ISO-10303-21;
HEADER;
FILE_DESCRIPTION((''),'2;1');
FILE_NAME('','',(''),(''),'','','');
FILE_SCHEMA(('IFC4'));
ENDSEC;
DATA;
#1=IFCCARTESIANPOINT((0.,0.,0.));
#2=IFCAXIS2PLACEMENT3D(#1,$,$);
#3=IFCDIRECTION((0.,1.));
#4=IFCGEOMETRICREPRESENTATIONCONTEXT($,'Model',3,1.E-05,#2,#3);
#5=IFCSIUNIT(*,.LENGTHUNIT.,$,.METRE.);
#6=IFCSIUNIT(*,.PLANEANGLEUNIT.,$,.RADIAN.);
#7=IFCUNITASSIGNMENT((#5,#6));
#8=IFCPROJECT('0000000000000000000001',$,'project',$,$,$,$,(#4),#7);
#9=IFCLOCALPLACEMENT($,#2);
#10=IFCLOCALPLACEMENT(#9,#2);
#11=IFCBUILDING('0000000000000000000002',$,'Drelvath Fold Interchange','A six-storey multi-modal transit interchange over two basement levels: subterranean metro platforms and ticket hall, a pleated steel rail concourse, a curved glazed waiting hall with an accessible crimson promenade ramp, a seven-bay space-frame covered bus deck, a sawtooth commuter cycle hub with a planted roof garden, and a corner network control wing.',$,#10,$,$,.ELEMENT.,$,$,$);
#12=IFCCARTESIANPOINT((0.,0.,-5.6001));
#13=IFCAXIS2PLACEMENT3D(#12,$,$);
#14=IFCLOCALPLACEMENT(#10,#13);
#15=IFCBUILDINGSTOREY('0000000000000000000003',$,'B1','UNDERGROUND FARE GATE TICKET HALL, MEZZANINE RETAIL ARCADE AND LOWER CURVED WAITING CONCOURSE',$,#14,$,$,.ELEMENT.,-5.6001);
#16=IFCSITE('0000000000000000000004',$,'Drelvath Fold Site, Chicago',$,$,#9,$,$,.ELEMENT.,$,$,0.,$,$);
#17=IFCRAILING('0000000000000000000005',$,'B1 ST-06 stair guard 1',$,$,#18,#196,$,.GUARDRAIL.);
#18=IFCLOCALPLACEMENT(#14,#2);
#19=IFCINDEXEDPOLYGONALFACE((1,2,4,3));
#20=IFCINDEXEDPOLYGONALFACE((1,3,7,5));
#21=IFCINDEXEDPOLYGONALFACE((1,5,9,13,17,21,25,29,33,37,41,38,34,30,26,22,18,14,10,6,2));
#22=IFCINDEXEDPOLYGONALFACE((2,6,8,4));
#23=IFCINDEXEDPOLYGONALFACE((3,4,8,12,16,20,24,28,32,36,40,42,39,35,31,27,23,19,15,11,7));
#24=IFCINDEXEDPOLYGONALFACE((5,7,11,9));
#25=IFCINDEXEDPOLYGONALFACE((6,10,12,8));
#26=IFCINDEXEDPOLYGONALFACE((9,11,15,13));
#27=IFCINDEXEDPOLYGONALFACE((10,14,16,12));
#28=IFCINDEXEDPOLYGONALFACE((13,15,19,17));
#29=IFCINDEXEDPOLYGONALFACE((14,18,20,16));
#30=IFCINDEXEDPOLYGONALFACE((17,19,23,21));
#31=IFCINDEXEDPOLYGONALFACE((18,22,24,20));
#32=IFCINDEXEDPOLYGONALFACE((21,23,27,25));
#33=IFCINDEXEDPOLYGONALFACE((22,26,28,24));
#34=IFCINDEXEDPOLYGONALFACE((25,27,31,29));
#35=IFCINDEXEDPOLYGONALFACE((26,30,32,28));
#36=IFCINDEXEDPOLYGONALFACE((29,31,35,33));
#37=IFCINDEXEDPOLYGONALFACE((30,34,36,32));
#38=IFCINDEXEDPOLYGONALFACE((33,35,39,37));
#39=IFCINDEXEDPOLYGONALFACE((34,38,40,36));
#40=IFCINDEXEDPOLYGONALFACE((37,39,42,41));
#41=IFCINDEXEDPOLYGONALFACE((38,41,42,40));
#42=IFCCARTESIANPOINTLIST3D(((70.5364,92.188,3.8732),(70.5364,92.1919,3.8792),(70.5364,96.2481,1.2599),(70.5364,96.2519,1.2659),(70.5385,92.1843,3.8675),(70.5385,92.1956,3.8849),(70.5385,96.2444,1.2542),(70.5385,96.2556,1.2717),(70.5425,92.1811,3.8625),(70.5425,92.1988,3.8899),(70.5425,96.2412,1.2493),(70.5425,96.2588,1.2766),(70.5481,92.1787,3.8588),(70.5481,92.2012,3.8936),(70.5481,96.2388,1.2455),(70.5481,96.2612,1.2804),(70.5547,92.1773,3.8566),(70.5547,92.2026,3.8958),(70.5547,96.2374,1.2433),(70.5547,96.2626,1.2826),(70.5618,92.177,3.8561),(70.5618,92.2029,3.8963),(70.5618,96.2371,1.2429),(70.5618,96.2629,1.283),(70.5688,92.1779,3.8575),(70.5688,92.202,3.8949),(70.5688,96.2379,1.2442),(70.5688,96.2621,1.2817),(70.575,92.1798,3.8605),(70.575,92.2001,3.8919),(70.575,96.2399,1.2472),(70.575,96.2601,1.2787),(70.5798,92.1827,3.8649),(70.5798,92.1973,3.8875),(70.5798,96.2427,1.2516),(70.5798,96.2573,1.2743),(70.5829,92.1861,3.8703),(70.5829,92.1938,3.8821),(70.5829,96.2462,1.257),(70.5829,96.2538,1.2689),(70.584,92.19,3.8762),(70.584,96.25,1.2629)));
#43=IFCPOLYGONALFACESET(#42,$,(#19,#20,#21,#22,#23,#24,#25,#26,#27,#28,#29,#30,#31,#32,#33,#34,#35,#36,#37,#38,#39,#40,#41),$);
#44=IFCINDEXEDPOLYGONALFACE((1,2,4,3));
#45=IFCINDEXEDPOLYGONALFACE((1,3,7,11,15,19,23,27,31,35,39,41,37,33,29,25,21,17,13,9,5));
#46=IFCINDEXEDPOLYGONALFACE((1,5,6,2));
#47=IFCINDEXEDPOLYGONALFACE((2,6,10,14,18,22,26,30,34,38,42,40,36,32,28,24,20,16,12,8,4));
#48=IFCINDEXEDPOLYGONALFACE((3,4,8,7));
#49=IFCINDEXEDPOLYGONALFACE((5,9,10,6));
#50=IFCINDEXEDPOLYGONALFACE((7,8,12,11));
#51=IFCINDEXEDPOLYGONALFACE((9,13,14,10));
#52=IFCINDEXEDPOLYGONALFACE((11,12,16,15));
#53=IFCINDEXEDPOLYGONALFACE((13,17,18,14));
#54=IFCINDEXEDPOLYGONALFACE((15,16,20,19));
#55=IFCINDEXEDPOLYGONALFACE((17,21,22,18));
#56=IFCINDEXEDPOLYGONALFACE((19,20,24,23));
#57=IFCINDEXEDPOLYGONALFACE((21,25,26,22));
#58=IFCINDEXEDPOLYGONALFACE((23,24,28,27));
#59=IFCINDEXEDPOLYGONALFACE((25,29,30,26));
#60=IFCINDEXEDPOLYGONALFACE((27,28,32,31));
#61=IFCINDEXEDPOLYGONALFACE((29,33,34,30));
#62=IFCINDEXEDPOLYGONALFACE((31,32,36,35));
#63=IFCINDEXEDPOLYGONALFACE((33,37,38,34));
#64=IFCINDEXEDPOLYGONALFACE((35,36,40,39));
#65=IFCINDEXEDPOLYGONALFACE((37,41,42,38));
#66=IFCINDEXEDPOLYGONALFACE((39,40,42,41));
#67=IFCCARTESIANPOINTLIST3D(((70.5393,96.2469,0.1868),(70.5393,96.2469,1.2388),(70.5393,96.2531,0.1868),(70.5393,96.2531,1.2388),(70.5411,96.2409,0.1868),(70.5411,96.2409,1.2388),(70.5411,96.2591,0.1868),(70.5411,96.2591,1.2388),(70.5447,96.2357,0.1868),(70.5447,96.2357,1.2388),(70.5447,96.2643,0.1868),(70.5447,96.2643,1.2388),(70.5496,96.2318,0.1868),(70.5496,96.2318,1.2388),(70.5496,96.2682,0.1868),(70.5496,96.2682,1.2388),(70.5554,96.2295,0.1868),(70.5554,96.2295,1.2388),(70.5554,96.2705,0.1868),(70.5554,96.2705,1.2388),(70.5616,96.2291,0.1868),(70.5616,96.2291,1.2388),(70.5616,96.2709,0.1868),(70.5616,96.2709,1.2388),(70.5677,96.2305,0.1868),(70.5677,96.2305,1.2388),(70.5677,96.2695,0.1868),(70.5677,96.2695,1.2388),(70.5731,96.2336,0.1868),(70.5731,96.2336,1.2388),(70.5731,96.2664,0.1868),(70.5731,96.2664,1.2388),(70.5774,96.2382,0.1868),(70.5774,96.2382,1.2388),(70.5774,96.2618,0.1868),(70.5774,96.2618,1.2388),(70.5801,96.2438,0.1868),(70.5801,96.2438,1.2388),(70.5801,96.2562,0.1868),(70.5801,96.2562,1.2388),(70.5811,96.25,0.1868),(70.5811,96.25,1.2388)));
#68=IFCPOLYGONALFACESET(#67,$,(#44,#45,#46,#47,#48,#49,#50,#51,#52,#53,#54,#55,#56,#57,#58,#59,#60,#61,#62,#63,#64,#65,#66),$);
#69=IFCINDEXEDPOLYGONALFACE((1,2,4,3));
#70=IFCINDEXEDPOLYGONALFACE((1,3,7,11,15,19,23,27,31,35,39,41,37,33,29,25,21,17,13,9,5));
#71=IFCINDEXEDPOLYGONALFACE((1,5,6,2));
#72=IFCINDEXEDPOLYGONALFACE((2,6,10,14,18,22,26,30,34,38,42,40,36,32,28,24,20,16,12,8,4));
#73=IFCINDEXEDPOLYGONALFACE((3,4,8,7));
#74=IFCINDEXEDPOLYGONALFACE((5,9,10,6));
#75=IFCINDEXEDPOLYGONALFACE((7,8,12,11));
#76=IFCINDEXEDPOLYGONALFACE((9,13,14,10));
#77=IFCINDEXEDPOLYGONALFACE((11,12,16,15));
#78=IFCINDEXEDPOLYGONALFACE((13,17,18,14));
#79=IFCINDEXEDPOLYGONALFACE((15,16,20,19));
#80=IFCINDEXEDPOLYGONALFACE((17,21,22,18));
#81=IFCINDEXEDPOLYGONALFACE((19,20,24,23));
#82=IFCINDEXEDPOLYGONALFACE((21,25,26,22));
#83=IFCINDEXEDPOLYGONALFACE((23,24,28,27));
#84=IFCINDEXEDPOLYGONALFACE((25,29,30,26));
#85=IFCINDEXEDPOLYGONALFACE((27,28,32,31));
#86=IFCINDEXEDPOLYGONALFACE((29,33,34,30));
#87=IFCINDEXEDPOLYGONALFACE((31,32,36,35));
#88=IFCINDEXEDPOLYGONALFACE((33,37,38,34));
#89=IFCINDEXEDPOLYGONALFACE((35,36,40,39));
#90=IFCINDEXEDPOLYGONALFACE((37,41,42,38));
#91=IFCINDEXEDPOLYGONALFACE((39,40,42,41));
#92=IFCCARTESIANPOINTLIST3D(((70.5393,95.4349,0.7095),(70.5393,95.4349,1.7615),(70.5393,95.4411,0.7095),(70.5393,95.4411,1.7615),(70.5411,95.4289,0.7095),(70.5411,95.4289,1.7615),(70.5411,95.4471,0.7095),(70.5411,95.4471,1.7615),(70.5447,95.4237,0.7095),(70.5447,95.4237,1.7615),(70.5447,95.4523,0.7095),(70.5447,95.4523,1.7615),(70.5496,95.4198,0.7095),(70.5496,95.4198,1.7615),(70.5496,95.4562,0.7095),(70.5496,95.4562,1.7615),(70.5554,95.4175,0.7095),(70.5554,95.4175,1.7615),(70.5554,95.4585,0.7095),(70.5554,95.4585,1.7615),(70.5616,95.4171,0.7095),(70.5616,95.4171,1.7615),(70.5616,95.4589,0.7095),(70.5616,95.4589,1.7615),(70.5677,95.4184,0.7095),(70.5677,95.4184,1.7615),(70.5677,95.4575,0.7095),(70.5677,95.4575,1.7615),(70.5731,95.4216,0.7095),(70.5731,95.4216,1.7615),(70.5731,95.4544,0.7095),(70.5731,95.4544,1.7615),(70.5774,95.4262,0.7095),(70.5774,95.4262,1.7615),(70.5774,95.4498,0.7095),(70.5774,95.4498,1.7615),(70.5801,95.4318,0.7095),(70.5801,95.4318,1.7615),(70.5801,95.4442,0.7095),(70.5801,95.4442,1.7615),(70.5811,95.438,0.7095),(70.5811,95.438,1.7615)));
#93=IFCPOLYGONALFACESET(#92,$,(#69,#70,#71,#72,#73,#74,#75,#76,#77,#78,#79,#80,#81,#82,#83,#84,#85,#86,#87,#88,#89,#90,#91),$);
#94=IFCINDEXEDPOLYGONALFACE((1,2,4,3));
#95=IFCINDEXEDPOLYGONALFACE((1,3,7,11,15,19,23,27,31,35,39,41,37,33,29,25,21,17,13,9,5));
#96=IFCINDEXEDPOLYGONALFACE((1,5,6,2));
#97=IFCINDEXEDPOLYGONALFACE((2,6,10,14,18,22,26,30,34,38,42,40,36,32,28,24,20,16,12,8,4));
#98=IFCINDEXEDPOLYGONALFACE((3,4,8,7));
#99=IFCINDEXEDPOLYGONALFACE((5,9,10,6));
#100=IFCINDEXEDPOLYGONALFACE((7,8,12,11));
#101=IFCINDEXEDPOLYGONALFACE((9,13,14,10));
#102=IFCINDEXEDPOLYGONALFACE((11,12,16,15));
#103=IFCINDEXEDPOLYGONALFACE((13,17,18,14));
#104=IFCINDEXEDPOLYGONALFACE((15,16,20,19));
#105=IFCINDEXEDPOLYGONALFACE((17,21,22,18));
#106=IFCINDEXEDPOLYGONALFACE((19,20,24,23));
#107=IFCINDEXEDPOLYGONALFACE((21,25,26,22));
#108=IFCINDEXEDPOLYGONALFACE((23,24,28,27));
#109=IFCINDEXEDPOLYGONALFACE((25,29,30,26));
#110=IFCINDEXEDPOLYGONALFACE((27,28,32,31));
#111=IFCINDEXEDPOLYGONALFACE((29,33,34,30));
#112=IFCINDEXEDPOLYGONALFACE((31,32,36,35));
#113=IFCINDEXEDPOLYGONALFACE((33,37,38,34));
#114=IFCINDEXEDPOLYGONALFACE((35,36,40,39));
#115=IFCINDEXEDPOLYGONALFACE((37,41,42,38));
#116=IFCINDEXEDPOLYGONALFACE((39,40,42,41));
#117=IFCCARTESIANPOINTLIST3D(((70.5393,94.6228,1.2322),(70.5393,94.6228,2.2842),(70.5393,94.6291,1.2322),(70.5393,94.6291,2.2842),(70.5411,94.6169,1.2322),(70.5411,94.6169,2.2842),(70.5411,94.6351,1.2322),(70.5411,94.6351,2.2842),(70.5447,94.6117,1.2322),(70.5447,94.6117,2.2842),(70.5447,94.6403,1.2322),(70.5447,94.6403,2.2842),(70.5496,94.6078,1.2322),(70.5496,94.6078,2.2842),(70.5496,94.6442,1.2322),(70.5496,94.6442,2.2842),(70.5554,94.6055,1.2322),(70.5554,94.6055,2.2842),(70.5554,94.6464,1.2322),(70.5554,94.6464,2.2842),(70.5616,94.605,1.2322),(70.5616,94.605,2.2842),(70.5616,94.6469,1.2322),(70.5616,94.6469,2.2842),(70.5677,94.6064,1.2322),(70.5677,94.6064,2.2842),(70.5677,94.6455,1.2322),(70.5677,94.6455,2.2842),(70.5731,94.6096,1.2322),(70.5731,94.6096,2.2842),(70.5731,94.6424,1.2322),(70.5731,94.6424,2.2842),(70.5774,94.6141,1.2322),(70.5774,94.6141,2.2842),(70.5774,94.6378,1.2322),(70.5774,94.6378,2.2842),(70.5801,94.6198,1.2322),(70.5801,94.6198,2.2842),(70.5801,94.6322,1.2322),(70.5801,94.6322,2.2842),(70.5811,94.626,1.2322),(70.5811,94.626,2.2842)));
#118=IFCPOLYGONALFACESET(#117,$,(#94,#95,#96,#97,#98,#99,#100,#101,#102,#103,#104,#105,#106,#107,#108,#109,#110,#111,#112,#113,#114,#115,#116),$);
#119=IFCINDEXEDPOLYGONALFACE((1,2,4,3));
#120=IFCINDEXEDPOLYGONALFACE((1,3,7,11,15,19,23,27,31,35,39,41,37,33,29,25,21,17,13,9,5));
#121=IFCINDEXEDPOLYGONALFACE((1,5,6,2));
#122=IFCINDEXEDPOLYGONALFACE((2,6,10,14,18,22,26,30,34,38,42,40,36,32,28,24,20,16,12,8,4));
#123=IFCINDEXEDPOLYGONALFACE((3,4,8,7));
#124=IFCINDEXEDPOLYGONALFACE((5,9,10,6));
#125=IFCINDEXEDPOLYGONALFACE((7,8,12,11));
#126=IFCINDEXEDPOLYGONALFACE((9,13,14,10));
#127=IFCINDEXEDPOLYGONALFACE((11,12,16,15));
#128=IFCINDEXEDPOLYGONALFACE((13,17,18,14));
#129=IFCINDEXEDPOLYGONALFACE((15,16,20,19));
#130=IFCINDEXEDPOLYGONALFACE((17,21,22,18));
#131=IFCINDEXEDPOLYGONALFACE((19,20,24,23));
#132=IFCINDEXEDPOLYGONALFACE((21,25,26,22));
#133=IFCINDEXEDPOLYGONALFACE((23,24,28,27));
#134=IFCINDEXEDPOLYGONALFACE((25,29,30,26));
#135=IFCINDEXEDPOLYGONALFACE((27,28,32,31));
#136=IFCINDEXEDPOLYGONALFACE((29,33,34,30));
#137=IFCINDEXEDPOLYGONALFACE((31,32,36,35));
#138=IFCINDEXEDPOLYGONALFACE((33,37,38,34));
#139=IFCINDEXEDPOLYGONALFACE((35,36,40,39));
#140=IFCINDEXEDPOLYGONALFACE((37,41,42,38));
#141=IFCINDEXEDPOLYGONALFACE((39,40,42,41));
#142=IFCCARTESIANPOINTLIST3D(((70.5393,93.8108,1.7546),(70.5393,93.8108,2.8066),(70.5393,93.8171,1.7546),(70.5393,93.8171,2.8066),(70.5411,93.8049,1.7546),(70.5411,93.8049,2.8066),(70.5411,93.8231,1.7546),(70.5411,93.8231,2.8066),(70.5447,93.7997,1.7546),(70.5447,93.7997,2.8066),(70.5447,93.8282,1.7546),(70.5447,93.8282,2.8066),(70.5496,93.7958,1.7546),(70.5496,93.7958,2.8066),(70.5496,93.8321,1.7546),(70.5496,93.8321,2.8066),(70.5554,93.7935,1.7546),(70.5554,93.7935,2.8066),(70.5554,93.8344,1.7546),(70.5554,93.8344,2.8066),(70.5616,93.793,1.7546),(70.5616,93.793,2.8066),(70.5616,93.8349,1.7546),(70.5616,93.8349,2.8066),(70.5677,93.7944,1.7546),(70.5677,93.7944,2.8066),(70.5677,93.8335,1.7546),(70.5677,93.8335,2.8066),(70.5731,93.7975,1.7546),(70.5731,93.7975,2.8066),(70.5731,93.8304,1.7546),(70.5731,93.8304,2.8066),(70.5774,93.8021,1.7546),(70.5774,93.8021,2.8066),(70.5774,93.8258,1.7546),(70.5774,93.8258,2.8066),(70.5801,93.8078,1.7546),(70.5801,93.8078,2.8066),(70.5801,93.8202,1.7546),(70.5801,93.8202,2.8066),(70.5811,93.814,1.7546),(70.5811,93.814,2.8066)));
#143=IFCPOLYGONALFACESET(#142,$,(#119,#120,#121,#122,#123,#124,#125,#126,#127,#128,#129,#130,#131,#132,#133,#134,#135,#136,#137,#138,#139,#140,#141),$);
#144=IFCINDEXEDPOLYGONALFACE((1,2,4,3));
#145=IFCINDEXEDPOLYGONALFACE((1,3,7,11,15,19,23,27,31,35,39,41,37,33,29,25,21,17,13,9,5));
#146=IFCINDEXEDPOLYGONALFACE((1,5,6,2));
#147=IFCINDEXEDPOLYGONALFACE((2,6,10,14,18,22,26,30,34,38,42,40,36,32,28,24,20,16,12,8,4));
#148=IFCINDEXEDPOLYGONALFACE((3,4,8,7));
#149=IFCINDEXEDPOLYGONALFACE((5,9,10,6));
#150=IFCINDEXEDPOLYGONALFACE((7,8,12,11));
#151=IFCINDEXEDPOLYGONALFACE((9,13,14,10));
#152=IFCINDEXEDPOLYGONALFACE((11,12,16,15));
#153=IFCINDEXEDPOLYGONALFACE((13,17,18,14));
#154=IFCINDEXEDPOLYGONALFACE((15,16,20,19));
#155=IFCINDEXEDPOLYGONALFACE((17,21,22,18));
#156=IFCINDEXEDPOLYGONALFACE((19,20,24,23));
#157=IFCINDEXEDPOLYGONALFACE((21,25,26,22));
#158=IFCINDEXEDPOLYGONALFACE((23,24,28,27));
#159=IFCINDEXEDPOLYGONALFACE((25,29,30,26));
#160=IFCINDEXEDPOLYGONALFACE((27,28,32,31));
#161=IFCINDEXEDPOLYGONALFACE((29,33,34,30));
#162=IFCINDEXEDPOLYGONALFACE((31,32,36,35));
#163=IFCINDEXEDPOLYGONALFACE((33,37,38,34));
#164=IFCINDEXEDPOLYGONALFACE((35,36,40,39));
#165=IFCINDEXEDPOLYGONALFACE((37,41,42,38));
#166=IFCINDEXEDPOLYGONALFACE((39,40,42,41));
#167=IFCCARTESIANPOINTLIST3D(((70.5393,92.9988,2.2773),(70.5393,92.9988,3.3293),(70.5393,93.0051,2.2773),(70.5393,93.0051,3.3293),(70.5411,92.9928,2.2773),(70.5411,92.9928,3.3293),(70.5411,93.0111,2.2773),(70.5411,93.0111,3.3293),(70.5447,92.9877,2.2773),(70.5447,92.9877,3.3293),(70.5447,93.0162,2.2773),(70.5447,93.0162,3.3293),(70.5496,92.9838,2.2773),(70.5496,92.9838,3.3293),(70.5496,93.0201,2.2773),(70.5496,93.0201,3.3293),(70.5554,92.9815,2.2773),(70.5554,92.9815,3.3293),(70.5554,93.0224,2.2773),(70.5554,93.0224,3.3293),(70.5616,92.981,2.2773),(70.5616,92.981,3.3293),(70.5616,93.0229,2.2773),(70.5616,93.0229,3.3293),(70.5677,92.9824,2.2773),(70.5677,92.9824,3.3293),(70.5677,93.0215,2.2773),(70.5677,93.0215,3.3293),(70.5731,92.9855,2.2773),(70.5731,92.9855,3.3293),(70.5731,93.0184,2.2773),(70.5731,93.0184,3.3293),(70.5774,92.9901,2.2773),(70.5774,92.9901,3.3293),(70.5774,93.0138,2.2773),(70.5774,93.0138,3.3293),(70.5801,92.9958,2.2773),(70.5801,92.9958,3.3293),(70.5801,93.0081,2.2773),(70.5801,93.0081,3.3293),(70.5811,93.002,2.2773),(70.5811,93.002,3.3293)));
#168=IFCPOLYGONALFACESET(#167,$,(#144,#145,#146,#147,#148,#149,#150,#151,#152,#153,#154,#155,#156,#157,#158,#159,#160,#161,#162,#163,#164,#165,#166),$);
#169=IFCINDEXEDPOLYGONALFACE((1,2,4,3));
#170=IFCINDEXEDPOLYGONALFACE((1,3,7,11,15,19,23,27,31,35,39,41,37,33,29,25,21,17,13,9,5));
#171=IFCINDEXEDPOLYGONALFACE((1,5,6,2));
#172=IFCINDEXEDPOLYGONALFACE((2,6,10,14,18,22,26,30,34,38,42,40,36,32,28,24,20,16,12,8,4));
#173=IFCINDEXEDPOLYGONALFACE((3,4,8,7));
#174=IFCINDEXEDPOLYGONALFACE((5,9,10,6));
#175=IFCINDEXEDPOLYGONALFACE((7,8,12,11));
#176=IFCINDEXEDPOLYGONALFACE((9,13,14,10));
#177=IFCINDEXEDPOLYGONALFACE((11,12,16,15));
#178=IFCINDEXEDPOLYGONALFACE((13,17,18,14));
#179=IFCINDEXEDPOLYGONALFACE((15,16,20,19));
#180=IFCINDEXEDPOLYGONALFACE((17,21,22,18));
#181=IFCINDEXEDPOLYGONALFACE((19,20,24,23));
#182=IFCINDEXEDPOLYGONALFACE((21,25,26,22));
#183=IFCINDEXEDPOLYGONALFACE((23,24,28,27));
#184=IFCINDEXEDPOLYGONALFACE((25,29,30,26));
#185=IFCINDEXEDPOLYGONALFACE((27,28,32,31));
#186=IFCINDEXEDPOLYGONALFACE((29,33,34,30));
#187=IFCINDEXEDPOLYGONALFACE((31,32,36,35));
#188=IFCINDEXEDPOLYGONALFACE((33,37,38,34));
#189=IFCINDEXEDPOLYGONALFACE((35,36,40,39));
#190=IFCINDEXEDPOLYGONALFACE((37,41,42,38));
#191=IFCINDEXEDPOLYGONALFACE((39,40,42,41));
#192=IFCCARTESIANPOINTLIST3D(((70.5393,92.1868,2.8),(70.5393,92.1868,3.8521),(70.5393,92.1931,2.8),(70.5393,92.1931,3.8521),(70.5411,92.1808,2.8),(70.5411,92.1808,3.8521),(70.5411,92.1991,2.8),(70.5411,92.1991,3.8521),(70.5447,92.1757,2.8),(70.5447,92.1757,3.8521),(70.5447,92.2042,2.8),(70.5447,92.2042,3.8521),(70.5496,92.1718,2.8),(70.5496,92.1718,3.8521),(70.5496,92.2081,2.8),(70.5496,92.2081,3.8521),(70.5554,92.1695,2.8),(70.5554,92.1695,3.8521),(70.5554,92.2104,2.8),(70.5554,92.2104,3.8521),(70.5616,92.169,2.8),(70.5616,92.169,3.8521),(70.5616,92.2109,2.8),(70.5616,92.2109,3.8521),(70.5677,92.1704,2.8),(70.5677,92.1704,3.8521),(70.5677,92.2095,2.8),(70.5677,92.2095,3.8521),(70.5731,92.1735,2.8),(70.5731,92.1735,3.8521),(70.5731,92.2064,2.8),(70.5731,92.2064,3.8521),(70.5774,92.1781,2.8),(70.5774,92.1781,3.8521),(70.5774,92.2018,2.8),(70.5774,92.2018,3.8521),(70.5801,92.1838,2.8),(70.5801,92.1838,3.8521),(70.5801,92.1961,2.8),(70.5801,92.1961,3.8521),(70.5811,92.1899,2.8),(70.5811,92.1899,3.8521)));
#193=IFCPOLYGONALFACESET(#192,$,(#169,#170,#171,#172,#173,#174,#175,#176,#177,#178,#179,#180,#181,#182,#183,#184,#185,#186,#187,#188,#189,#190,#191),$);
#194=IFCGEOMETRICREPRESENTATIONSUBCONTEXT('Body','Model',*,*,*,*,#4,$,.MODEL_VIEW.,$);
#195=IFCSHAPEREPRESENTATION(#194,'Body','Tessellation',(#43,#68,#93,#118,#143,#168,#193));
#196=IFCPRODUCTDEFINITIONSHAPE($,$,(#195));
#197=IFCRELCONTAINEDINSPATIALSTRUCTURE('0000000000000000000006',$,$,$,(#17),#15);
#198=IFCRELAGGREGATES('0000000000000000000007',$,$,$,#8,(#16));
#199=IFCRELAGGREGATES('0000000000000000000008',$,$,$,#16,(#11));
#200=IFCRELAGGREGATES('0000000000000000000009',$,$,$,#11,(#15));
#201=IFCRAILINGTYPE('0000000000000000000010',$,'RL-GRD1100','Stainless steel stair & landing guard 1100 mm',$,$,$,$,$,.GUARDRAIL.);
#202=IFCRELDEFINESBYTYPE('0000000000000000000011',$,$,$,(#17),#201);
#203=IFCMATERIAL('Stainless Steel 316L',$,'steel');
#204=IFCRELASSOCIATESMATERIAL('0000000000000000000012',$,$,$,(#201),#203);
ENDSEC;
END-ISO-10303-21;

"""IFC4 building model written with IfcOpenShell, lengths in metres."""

from ifc_helpers import new_model, si_unit, direction, frame, origin, origin_2d, place, context, subcontext, project, spatial, circle, extrude, material, type_object, element, save


model = new_model("IFC4")

# Units and contexts
model_context = context("Model", 3, precision=1e-05, world=origin(), true_north=direction((0.0, 1.0)))
body_context = subcontext(model_context, "Body", "Model", "MODEL_VIEW")
ifc_project = project(units=[si_unit("LENGTHUNIT", "METRE"), si_unit("PLANEANGLEUNIT", "RADIAN")], contexts=[model_context])

# Site, building, storey
site_placement = place(None, origin())
site = spatial("IfcSite", under=ifc_project, at=site_placement, Name="Drelvath Fold Site, Chicago", CompositionType="ELEMENT", RefElevation=0.0)
building_placement = place(site_placement, origin())
building = spatial("IfcBuilding", under=site, at=building_placement, Name="Drelvath Fold Interchange", Description="A six-storey multi-modal transit interchange over two basement levels: subterranean metro platforms and ticket hall, a pleated steel rail concourse, a curved glazed waiting hall with an accessible crimson promenade ramp, a seven-bay space-frame covered bus deck, a sawtooth commuter cycle hub with a planted roof garden, and a corner network control wing.", CompositionType="ELEMENT")
storey_placement = place(building_placement, frame((0.0, 0.0, -5.6001)))
storey = spatial("IfcBuildingStorey", under=building, at=storey_placement, Name="B1", Description="UNDERGROUND FARE GATE TICKET HALL, MEZZANINE RETAIL ARCADE AND LOWER CURVED WAITING CONCOURSE", CompositionType="ELEMENT", Elevation=-5.6001)

# Railing
ifc_material_1 = material(Name="Stainless Steel 316L", Category="steel")
railing_type_1 = type_object("IfcRailingType", Name="RL-GRD1100", Description="Stainless steel stair & landing guard 1100 mm", PredefinedType="GUARDRAIL", material=ifc_material_1)
railing_1_placement = place(storey_placement, frame((70.5601, 96.25, 0.1868)))
element("IfcRailing", 1, at=railing_1_placement, inside=storey, type_object=railing_type_1, Name="B1 ST-06 stair guard 1", PredefinedType="GUARDRAIL", context=body_context, shape_type="SweptSolid", body=[
    extrude(circle(Radius=0.0239, at=origin_2d()), frame((0.0, 0.0, 1.0762), z_axis=(0.0, -0.840873, 0.541233), x_axis=(1.0, 0.0, 0.0)), (0.0, 0.0, 1.0), 4.8284),
    extrude(circle(Radius=0.021, at=origin_2d()), origin(), (0.0, 0.0, 1.0), 1.052),
    extrude(circle(Radius=0.021, at=origin_2d()), frame((0.0, -0.812, 0.5227)), (0.0, 0.0, 1.0), 1.052),
    extrude(circle(Radius=0.021, at=origin_2d()), frame((0.0, -1.624, 1.0454)), (0.0, 0.0, 1.0), 1.052),
    extrude(circle(Radius=0.021, at=origin_2d()), frame((0.0, -2.436, 1.5679)), (0.0, 0.0, 1.0), 1.052),
    extrude(circle(Radius=0.021, at=origin_2d()), frame((0.0, -3.248, 2.0906)), (0.0, 0.0, 1.0), 1.052),
    extrude(circle(Radius=0.021, at=origin_2d()), frame((0.0, -4.0601, 2.6133)), (0.0, 0.0, 1.0), 1.052),
])

save(model, "model.ifc")
